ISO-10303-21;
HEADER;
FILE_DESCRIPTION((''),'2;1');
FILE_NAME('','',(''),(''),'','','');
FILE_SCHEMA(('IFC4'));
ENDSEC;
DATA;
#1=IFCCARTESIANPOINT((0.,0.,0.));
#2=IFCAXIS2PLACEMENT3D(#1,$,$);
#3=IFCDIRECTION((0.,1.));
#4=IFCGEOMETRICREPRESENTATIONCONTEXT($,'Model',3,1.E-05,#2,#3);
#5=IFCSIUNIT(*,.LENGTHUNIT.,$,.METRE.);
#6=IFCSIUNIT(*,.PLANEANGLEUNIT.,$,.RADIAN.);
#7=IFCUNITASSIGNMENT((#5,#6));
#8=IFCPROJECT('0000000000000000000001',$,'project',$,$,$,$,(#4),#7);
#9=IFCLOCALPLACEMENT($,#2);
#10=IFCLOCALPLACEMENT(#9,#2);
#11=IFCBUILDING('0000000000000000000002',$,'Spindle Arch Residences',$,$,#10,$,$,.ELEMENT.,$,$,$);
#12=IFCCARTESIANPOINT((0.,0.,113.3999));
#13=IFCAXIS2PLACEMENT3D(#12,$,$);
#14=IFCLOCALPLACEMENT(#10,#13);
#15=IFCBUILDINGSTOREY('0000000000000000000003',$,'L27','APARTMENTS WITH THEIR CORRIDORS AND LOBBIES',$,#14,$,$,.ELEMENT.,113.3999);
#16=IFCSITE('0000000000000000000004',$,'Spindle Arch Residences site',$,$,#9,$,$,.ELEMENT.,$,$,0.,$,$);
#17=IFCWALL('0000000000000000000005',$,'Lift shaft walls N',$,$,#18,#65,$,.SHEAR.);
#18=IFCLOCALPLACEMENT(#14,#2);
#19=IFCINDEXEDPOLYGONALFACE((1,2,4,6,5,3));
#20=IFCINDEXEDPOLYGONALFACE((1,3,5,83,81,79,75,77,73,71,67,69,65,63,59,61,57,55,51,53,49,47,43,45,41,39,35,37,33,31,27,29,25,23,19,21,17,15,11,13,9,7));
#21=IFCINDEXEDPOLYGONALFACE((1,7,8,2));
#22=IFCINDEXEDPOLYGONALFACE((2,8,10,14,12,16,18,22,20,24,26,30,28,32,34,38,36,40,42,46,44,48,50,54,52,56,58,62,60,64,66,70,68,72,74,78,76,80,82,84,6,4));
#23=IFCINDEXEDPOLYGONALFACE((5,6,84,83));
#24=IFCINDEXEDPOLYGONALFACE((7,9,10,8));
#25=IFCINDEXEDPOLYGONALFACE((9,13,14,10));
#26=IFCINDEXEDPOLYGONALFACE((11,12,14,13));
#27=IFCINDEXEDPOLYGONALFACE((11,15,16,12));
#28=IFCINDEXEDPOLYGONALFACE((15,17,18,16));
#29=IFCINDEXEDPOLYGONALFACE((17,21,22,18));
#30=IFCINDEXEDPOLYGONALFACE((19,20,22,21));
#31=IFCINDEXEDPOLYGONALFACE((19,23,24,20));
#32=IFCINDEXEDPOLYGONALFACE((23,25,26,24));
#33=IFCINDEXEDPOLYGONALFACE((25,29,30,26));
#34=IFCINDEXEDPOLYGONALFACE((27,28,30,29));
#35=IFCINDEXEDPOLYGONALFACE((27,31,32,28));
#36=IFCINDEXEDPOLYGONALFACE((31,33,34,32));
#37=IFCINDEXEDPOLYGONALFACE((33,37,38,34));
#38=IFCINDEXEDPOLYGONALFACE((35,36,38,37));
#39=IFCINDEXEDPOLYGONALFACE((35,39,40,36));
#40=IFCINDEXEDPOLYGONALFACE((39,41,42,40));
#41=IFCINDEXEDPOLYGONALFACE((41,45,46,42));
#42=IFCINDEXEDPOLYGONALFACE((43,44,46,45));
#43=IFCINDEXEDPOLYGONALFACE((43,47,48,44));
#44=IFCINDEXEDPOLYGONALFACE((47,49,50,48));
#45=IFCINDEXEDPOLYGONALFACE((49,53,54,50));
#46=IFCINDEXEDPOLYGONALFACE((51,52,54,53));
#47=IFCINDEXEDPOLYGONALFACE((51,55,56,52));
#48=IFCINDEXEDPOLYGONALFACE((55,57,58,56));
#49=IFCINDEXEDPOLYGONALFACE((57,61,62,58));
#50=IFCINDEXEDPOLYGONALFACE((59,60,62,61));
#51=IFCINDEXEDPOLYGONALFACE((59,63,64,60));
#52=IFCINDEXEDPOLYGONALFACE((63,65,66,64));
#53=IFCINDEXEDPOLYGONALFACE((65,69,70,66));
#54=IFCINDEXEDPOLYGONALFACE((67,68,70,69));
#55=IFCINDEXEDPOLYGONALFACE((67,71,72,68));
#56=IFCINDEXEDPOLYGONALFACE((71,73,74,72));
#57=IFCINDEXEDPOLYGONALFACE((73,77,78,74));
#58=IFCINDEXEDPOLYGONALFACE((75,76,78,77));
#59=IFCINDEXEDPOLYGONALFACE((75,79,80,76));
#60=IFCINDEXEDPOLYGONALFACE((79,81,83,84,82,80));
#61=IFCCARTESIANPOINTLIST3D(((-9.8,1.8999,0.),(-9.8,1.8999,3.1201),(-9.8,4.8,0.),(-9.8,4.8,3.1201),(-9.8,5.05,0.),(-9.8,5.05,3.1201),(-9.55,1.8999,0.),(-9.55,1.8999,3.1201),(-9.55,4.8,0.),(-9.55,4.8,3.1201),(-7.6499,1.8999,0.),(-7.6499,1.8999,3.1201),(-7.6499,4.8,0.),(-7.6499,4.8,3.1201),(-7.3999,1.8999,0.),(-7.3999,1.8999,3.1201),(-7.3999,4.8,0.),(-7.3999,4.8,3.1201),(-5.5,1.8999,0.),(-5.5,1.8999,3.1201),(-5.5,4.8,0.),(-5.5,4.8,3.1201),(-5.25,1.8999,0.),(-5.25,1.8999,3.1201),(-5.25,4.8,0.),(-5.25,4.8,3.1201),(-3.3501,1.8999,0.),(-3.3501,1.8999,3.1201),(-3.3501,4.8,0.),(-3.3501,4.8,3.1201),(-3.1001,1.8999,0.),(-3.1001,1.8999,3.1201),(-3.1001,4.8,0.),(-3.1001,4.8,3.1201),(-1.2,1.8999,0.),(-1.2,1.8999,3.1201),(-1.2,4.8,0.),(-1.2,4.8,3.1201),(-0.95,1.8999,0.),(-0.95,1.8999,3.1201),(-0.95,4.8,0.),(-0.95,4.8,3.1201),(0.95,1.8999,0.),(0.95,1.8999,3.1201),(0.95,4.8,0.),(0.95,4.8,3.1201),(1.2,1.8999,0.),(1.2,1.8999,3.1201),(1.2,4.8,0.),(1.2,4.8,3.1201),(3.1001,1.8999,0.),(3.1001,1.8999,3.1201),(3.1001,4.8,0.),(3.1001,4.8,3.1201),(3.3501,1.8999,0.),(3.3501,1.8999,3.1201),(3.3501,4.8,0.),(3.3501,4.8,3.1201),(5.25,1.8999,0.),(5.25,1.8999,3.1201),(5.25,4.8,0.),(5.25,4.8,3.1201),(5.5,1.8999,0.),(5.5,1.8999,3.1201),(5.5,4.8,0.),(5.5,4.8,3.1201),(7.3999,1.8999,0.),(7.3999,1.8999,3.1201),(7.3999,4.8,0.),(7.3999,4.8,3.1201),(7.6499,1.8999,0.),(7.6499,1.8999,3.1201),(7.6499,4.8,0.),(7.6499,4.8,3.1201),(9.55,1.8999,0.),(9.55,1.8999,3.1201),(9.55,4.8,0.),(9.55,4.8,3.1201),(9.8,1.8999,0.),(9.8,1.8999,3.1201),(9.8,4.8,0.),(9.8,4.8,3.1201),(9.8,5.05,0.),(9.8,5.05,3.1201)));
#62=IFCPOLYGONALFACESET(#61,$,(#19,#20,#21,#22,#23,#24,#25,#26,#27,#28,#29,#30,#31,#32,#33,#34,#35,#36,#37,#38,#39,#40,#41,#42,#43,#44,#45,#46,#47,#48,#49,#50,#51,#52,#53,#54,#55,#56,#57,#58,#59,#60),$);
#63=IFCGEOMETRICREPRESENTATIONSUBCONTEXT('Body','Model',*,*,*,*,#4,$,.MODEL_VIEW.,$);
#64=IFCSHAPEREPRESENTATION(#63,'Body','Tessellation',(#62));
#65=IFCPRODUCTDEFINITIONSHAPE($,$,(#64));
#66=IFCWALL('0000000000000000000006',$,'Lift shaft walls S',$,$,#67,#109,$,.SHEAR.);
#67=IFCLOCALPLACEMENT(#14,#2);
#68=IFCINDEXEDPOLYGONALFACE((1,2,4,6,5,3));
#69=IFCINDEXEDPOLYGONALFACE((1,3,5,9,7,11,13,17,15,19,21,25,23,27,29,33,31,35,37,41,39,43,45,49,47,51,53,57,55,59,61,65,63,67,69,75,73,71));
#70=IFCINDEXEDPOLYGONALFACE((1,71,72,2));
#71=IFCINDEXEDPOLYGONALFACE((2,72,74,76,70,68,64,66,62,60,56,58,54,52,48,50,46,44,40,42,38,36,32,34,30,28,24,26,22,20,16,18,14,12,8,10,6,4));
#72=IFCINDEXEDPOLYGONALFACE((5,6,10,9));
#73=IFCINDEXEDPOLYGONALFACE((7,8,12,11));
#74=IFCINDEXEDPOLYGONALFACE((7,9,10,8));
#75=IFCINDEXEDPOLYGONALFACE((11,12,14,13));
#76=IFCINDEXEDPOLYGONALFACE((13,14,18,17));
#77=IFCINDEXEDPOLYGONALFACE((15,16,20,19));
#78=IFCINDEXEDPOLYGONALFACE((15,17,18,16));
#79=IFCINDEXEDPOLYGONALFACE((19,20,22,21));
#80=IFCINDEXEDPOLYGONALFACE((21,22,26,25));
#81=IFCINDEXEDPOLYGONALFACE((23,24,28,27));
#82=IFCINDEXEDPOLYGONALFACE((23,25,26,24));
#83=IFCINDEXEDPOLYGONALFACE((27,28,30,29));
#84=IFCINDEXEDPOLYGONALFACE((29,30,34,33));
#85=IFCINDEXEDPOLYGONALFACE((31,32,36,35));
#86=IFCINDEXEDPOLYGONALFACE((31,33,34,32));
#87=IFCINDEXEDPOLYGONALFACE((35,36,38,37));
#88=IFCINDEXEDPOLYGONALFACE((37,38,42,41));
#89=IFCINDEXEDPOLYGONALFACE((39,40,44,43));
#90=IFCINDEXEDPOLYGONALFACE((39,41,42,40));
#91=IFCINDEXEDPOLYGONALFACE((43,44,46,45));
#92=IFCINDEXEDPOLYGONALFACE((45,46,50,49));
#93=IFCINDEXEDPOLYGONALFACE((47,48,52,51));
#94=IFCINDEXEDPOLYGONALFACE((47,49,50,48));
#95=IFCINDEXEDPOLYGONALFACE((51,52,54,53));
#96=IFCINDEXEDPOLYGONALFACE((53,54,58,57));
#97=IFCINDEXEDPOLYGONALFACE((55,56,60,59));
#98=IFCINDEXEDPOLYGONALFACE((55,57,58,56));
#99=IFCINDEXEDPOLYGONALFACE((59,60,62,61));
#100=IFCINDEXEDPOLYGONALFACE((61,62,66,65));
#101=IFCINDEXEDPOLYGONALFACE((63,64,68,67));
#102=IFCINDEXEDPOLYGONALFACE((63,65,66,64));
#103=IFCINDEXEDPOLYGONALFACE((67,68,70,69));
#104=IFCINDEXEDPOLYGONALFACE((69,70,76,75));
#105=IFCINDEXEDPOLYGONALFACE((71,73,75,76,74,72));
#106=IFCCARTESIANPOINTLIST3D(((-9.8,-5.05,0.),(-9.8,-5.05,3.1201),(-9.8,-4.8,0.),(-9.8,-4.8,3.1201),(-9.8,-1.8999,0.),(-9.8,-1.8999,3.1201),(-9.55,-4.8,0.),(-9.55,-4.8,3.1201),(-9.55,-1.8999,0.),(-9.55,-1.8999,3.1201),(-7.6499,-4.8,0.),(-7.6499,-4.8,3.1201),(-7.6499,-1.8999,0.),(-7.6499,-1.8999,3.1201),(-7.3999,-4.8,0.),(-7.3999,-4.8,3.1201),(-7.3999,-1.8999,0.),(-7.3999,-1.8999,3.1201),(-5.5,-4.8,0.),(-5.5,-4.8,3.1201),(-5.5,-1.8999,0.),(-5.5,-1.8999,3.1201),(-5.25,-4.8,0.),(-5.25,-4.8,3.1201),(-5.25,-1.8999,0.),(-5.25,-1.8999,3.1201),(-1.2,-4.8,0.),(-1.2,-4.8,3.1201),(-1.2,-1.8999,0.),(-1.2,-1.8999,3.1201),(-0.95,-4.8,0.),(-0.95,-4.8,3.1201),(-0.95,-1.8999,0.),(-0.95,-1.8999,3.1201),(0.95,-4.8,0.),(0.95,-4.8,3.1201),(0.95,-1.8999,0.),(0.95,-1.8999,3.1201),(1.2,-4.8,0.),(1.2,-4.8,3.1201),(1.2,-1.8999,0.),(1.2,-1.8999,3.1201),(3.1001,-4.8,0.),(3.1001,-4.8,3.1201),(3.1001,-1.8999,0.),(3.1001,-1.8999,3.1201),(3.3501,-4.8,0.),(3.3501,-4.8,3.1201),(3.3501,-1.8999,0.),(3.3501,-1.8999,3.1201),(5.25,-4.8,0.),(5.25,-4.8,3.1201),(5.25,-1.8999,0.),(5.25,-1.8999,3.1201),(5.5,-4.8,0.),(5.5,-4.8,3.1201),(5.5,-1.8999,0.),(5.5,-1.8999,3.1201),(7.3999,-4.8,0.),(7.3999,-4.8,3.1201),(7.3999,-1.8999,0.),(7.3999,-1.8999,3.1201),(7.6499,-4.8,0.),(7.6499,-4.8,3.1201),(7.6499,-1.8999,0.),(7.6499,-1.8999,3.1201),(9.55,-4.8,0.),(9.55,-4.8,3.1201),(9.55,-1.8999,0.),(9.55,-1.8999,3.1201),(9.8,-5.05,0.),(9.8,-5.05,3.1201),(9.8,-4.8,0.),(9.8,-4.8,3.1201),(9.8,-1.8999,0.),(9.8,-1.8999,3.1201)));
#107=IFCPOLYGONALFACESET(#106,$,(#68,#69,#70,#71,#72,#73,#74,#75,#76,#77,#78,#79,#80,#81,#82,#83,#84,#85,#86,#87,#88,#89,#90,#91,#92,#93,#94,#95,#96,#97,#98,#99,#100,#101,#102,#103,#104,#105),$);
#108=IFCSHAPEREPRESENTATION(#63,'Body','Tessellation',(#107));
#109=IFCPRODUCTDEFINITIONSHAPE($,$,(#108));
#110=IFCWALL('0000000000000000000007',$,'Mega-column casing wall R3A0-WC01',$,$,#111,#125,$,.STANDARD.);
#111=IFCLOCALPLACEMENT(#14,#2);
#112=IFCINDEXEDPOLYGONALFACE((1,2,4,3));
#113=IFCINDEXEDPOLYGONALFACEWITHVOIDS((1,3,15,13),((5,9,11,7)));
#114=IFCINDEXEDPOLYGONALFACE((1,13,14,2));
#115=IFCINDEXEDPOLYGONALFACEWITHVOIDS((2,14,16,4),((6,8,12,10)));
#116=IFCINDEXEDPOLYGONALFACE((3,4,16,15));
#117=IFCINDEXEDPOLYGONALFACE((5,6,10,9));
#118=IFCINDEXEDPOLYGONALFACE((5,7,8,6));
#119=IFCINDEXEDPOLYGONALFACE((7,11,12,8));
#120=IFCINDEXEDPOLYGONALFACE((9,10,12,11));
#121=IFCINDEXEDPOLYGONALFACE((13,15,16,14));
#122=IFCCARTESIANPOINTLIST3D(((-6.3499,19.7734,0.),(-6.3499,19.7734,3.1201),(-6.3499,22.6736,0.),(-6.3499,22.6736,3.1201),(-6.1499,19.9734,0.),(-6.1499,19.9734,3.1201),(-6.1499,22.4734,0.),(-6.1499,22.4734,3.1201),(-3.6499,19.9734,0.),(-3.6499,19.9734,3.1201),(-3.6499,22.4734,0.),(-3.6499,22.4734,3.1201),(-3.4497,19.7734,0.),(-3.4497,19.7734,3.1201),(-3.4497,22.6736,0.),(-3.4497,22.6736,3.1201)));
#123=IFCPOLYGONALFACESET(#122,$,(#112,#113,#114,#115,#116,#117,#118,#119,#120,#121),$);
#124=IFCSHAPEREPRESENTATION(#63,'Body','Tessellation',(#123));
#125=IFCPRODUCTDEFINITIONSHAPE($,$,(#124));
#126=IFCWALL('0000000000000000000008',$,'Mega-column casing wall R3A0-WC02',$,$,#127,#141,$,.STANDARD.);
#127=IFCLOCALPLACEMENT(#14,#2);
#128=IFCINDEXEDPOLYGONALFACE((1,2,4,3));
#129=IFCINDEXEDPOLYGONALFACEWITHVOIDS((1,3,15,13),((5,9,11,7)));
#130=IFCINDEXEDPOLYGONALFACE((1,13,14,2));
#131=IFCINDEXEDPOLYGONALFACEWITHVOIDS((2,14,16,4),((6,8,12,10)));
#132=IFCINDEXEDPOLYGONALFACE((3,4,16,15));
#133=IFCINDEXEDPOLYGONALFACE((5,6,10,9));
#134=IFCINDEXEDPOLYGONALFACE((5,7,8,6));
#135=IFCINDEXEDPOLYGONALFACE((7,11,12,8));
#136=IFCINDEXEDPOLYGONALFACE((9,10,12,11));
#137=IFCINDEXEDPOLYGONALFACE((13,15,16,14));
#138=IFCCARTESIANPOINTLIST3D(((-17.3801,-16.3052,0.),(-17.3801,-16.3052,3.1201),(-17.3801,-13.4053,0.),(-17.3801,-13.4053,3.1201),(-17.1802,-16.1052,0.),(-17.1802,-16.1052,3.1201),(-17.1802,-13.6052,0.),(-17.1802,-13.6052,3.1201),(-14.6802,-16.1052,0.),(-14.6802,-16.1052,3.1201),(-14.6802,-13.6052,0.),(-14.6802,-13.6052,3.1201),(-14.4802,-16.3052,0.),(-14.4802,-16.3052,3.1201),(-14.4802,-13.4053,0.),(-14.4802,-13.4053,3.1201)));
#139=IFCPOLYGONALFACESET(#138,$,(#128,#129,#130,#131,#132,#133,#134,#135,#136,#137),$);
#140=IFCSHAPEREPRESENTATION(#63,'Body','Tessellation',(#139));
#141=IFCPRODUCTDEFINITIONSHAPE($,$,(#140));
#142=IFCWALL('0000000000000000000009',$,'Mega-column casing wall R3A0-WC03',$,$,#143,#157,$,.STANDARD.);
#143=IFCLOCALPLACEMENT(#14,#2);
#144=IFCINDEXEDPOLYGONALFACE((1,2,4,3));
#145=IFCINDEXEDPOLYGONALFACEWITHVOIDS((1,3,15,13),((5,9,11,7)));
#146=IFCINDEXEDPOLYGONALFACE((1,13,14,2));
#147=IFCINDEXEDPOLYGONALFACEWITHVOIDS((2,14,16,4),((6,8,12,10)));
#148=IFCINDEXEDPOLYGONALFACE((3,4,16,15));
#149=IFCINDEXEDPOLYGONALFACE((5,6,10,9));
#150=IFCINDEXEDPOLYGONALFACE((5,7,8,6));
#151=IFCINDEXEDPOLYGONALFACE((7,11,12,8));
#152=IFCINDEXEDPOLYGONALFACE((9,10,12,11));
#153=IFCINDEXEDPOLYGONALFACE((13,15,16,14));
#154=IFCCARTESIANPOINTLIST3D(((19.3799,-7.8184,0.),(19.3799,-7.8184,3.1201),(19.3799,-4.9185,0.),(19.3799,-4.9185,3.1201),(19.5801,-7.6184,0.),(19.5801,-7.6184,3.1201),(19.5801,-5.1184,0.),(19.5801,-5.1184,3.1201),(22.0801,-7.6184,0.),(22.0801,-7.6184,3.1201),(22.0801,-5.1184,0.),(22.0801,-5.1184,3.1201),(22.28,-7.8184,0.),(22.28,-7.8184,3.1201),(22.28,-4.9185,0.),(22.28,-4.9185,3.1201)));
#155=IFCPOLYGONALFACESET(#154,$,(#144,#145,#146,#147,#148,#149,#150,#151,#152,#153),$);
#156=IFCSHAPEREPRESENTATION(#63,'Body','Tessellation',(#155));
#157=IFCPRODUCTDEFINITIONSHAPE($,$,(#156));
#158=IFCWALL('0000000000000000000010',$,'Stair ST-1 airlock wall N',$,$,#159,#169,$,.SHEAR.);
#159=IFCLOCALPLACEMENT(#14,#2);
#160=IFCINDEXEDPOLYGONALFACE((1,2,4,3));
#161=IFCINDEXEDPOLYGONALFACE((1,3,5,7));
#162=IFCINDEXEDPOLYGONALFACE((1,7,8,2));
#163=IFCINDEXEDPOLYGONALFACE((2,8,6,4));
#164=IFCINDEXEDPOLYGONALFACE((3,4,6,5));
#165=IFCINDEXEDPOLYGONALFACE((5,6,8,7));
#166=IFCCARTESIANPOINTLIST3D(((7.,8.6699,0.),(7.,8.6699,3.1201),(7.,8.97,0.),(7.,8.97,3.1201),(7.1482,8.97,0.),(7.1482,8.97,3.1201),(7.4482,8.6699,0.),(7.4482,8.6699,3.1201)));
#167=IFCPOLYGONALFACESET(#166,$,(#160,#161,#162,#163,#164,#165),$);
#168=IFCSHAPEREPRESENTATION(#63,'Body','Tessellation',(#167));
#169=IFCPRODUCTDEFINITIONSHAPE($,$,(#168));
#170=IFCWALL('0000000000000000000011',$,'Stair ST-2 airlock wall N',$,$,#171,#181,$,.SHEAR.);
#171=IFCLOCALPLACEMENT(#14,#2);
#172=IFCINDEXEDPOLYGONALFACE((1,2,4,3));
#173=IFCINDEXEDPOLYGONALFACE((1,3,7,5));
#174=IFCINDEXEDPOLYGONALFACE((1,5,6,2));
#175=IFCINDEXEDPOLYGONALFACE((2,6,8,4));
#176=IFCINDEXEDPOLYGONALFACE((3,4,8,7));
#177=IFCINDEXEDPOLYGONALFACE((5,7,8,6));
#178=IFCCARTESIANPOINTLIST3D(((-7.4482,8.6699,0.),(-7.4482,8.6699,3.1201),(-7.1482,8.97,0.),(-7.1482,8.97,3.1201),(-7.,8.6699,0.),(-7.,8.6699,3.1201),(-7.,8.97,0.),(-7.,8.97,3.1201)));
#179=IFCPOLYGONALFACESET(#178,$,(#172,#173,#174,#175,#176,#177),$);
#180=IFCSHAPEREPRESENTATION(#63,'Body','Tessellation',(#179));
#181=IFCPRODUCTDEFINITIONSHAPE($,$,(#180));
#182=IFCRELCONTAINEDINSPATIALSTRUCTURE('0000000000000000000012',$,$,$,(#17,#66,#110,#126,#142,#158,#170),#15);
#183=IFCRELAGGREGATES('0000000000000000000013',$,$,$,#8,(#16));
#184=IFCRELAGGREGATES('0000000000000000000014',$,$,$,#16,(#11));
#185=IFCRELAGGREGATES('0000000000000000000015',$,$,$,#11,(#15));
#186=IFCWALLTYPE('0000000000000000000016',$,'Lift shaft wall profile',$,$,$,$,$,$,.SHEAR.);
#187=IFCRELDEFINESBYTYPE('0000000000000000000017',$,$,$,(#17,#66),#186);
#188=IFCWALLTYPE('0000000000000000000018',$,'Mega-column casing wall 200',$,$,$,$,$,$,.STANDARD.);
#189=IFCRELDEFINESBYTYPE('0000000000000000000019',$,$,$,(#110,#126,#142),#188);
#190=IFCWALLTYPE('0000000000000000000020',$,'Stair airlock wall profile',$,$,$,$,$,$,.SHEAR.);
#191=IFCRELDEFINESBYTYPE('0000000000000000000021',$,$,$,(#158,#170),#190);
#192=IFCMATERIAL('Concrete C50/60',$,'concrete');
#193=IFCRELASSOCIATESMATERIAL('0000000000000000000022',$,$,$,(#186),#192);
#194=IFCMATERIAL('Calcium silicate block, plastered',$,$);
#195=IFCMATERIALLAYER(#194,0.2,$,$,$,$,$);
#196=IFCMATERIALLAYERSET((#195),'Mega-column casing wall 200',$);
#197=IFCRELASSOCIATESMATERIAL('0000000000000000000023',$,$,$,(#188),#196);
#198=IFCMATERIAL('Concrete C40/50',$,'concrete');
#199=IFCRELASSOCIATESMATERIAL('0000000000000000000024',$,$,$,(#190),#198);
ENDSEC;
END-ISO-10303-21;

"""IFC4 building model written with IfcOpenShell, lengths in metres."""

from ifc_helpers import new_model, si_unit, direction, frame, origin, place, context, subcontext, project, spatial, polyline, outline, extrude, material, layer, layer_set, type_object, element, save


model = new_model("IFC4")

# Units and contexts
model_context = context("Model", 3, precision=1e-05, world=origin(), true_north=direction((0.0, 1.0)))
body_context = subcontext(model_context, "Body", "Model", "MODEL_VIEW")
ifc_project = project(units=[si_unit("LENGTHUNIT", "METRE"), si_unit("PLANEANGLEUNIT", "RADIAN")], contexts=[model_context])

# Site, building, storey
site_placement = place(None, origin())
site = spatial("IfcSite", under=ifc_project, at=site_placement, Name="Spindle Arch Residences site", CompositionType="ELEMENT", RefElevation=0.0)
building_placement = place(site_placement, origin())
building = spatial("IfcBuilding", under=site, at=building_placement, Name="Spindle Arch Residences", CompositionType="ELEMENT")
storey_placement = place(building_placement, frame((0.0, 0.0, 113.3999)))
storey = spatial("IfcBuildingStorey", under=building, at=storey_placement, Name="L27", Description="APARTMENTS WITH THEIR CORRIDORS AND LOBBIES", CompositionType="ELEMENT", Elevation=113.3999)

# Walls
ifc_material_1 = material(Name="Concrete C50/60", Category="concrete")
wall_type_1 = type_object("IfcWallType", Name="Lift shaft wall profile", PredefinedType="SHEAR", material=ifc_material_1)
wall_1_placement = place(storey_placement, origin())
element("IfcWall", 1, at=wall_1_placement, inside=storey, type_object=wall_type_1, Name="Lift shaft walls N", PredefinedType="SHEAR", context=body_context, shape_type="SweptSolid", body=[
    extrude(outline(polyline([(-9.55, 4.8), (-7.6499, 4.8), (-7.6499, 1.8999), (-7.3999, 1.8999), (-7.3999, 4.8), (-5.5, 4.8), (-5.5, 1.8999), (-5.25, 1.8999), (-5.25, 4.8), (-3.3501, 4.8), (-3.3501, 1.8999), (-3.1001, 1.8999), (-3.1001, 4.8), (-1.2, 4.8), (-1.2, 1.8999), (-0.95, 1.8999), (-0.95, 4.8), (0.95, 4.8), (0.95, 1.8999), (1.2, 1.8999), (1.2, 4.8), (3.1001, 4.8), (3.1001, 1.8999), (3.3501, 1.8999), (3.3501, 4.8), (5.25, 4.8), (5.25, 1.8999), (5.5, 1.8999), (5.5, 4.8), (7.3999, 4.8), (7.3999, 1.8999), (7.6499, 1.8999), (7.6499, 4.8), (9.55, 4.8), (9.55, 1.8999), (9.8, 1.8999), (9.8, 4.8), (9.8, 5.05), (-9.8, 5.05), (-9.8, 4.8), (-9.8, 1.8999), (-9.55, 1.8999), (-9.55, 4.8)])), origin(), (0.0, 0.0, 1.0), 3.1201),
])
wall_2_placement = place(storey_placement, origin())
element("IfcWall", 2, at=wall_2_placement, inside=storey, type_object=wall_type_1, Name="Lift shaft walls S", PredefinedType="SHEAR", context=body_context, shape_type="SweptSolid", body=[
    extrude(outline(polyline([(9.8, -5.05), (9.8, -4.8), (9.8, -1.8999), (9.55, -1.8999), (9.55, -4.8), (7.6499, -4.8), (7.6499, -1.8999), (7.3999, -1.8999), (7.3999, -4.8), (5.5, -4.8), (5.5, -1.8999), (5.25, -1.8999), (5.25, -4.8), (3.3501, -4.8), (3.3501, -1.8999), (3.1001, -1.8999), (3.1001, -4.8), (1.2, -4.8), (1.2, -1.8999), (0.95, -1.8999), (0.95, -4.8), (-0.95, -4.8), (-0.95, -1.8999), (-1.2, -1.8999), (-1.2, -4.8), (-5.25, -4.8), (-5.25, -1.8999), (-5.5, -1.8999), (-5.5, -4.8), (-7.3999, -4.8), (-7.3999, -1.8999), (-7.6499, -1.8999), (-7.6499, -4.8), (-9.55, -4.8), (-9.55, -1.8999), (-9.8, -1.8999), (-9.8, -4.8), (-9.8, -5.05), (9.8, -5.05)])), origin(), (0.0, 0.0, 1.0), 3.1201),
])
ifc_material_2 = material(Name="Calcium silicate block, plastered")
ifc_layer_1 = layer(ifc_material_2, 0.2)
ifc_layer_set_1 = layer_set([ifc_layer_1], Name="Mega-column casing wall 200")
wall_type_2 = type_object("IfcWallType", Name="Mega-column casing wall 200", PredefinedType="STANDARD", material=ifc_layer_set_1)
wall_3_placement = place(storey_placement, origin())
element("IfcWall", 3, at=wall_3_placement, inside=storey, type_object=wall_type_2, Name="Mega-column casing wall R3A0-WC01", PredefinedType="STANDARD", context=body_context, shape_type="SweptSolid", body=[
    extrude(outline(polyline([(-3.4497, 22.6736), (-3.4497, 19.7734), (-6.3499, 19.7734), (-6.3499, 22.6736), (-3.4497, 22.6736)]), holes=[polyline([(-6.1499, 19.9734), (-3.6499, 19.9734), (-3.6499, 22.4734), (-6.1499, 22.4734), (-6.1499, 19.9734)])]), origin(), (0.0, 0.0, 1.0), 3.1201),
])
wall_4_placement = place(storey_placement, origin())
element("IfcWall", 4, at=wall_4_placement, inside=storey, type_object=wall_type_2, Name="Mega-column casing wall R3A0-WC02", PredefinedType="STANDARD", context=body_context, shape_type="SweptSolid", body=[
    extrude(outline(polyline([(-14.4802, -13.4053), (-14.4802, -16.3052), (-17.3801, -16.3052), (-17.3801, -13.4053), (-14.4802, -13.4053)]), holes=[polyline([(-17.1802, -16.1052), (-14.6802, -16.1052), (-14.6802, -13.6052), (-17.1802, -13.6052), (-17.1802, -16.1052)])]), origin(), (0.0, 0.0, 1.0), 3.1201),
])
wall_5_placement = place(storey_placement, origin())
element("IfcWall", 5, at=wall_5_placement, inside=storey, type_object=wall_type_2, Name="Mega-column casing wall R3A0-WC03", PredefinedType="STANDARD", context=body_context, shape_type="SweptSolid", body=[
    extrude(outline(polyline([(22.28, -4.9185), (22.28, -7.8184), (19.3799, -7.8184), (19.3799, -4.9185), (22.28, -4.9185)]), holes=[polyline([(19.5801, -7.6184), (22.0801, -7.6184), (22.0801, -5.1184), (19.5801, -5.1184), (19.5801, -7.6184)])]), origin(), (0.0, 0.0, 1.0), 3.1201),
])
ifc_material_3 = material(Name="Concrete C40/50", Category="concrete")
wall_type_3 = type_object("IfcWallType", Name="Stair airlock wall profile", PredefinedType="SHEAR", material=ifc_material_3)
wall_6_placement = place(storey_placement, origin())
element("IfcWall", 6, at=wall_6_placement, inside=storey, type_object=wall_type_3, Name="Stair ST-1 airlock wall N", PredefinedType="SHEAR", context=body_context, shape_type="SweptSolid", body=[
    extrude(outline(polyline([(7.4482, 8.6699), (7.0, 8.6699), (7.0, 8.97), (7.1482, 8.97), (7.4482, 8.6699)])), origin(), (0.0, 0.0, 1.0), 3.1201),
])
wall_7_placement = place(storey_placement, origin())
element("IfcWall", 7, at=wall_7_placement, inside=storey, type_object=wall_type_3, Name="Stair ST-2 airlock wall N", PredefinedType="SHEAR", context=body_context, shape_type="SweptSolid", body=[
    extrude(outline(polyline([(-7.1482, 8.97), (-7.0, 8.97), (-7.0, 8.6699), (-7.4482, 8.6699), (-7.1482, 8.97)])), origin(), (0.0, 0.0, 1.0), 3.1201),
])

save(model, "model.ifc")
